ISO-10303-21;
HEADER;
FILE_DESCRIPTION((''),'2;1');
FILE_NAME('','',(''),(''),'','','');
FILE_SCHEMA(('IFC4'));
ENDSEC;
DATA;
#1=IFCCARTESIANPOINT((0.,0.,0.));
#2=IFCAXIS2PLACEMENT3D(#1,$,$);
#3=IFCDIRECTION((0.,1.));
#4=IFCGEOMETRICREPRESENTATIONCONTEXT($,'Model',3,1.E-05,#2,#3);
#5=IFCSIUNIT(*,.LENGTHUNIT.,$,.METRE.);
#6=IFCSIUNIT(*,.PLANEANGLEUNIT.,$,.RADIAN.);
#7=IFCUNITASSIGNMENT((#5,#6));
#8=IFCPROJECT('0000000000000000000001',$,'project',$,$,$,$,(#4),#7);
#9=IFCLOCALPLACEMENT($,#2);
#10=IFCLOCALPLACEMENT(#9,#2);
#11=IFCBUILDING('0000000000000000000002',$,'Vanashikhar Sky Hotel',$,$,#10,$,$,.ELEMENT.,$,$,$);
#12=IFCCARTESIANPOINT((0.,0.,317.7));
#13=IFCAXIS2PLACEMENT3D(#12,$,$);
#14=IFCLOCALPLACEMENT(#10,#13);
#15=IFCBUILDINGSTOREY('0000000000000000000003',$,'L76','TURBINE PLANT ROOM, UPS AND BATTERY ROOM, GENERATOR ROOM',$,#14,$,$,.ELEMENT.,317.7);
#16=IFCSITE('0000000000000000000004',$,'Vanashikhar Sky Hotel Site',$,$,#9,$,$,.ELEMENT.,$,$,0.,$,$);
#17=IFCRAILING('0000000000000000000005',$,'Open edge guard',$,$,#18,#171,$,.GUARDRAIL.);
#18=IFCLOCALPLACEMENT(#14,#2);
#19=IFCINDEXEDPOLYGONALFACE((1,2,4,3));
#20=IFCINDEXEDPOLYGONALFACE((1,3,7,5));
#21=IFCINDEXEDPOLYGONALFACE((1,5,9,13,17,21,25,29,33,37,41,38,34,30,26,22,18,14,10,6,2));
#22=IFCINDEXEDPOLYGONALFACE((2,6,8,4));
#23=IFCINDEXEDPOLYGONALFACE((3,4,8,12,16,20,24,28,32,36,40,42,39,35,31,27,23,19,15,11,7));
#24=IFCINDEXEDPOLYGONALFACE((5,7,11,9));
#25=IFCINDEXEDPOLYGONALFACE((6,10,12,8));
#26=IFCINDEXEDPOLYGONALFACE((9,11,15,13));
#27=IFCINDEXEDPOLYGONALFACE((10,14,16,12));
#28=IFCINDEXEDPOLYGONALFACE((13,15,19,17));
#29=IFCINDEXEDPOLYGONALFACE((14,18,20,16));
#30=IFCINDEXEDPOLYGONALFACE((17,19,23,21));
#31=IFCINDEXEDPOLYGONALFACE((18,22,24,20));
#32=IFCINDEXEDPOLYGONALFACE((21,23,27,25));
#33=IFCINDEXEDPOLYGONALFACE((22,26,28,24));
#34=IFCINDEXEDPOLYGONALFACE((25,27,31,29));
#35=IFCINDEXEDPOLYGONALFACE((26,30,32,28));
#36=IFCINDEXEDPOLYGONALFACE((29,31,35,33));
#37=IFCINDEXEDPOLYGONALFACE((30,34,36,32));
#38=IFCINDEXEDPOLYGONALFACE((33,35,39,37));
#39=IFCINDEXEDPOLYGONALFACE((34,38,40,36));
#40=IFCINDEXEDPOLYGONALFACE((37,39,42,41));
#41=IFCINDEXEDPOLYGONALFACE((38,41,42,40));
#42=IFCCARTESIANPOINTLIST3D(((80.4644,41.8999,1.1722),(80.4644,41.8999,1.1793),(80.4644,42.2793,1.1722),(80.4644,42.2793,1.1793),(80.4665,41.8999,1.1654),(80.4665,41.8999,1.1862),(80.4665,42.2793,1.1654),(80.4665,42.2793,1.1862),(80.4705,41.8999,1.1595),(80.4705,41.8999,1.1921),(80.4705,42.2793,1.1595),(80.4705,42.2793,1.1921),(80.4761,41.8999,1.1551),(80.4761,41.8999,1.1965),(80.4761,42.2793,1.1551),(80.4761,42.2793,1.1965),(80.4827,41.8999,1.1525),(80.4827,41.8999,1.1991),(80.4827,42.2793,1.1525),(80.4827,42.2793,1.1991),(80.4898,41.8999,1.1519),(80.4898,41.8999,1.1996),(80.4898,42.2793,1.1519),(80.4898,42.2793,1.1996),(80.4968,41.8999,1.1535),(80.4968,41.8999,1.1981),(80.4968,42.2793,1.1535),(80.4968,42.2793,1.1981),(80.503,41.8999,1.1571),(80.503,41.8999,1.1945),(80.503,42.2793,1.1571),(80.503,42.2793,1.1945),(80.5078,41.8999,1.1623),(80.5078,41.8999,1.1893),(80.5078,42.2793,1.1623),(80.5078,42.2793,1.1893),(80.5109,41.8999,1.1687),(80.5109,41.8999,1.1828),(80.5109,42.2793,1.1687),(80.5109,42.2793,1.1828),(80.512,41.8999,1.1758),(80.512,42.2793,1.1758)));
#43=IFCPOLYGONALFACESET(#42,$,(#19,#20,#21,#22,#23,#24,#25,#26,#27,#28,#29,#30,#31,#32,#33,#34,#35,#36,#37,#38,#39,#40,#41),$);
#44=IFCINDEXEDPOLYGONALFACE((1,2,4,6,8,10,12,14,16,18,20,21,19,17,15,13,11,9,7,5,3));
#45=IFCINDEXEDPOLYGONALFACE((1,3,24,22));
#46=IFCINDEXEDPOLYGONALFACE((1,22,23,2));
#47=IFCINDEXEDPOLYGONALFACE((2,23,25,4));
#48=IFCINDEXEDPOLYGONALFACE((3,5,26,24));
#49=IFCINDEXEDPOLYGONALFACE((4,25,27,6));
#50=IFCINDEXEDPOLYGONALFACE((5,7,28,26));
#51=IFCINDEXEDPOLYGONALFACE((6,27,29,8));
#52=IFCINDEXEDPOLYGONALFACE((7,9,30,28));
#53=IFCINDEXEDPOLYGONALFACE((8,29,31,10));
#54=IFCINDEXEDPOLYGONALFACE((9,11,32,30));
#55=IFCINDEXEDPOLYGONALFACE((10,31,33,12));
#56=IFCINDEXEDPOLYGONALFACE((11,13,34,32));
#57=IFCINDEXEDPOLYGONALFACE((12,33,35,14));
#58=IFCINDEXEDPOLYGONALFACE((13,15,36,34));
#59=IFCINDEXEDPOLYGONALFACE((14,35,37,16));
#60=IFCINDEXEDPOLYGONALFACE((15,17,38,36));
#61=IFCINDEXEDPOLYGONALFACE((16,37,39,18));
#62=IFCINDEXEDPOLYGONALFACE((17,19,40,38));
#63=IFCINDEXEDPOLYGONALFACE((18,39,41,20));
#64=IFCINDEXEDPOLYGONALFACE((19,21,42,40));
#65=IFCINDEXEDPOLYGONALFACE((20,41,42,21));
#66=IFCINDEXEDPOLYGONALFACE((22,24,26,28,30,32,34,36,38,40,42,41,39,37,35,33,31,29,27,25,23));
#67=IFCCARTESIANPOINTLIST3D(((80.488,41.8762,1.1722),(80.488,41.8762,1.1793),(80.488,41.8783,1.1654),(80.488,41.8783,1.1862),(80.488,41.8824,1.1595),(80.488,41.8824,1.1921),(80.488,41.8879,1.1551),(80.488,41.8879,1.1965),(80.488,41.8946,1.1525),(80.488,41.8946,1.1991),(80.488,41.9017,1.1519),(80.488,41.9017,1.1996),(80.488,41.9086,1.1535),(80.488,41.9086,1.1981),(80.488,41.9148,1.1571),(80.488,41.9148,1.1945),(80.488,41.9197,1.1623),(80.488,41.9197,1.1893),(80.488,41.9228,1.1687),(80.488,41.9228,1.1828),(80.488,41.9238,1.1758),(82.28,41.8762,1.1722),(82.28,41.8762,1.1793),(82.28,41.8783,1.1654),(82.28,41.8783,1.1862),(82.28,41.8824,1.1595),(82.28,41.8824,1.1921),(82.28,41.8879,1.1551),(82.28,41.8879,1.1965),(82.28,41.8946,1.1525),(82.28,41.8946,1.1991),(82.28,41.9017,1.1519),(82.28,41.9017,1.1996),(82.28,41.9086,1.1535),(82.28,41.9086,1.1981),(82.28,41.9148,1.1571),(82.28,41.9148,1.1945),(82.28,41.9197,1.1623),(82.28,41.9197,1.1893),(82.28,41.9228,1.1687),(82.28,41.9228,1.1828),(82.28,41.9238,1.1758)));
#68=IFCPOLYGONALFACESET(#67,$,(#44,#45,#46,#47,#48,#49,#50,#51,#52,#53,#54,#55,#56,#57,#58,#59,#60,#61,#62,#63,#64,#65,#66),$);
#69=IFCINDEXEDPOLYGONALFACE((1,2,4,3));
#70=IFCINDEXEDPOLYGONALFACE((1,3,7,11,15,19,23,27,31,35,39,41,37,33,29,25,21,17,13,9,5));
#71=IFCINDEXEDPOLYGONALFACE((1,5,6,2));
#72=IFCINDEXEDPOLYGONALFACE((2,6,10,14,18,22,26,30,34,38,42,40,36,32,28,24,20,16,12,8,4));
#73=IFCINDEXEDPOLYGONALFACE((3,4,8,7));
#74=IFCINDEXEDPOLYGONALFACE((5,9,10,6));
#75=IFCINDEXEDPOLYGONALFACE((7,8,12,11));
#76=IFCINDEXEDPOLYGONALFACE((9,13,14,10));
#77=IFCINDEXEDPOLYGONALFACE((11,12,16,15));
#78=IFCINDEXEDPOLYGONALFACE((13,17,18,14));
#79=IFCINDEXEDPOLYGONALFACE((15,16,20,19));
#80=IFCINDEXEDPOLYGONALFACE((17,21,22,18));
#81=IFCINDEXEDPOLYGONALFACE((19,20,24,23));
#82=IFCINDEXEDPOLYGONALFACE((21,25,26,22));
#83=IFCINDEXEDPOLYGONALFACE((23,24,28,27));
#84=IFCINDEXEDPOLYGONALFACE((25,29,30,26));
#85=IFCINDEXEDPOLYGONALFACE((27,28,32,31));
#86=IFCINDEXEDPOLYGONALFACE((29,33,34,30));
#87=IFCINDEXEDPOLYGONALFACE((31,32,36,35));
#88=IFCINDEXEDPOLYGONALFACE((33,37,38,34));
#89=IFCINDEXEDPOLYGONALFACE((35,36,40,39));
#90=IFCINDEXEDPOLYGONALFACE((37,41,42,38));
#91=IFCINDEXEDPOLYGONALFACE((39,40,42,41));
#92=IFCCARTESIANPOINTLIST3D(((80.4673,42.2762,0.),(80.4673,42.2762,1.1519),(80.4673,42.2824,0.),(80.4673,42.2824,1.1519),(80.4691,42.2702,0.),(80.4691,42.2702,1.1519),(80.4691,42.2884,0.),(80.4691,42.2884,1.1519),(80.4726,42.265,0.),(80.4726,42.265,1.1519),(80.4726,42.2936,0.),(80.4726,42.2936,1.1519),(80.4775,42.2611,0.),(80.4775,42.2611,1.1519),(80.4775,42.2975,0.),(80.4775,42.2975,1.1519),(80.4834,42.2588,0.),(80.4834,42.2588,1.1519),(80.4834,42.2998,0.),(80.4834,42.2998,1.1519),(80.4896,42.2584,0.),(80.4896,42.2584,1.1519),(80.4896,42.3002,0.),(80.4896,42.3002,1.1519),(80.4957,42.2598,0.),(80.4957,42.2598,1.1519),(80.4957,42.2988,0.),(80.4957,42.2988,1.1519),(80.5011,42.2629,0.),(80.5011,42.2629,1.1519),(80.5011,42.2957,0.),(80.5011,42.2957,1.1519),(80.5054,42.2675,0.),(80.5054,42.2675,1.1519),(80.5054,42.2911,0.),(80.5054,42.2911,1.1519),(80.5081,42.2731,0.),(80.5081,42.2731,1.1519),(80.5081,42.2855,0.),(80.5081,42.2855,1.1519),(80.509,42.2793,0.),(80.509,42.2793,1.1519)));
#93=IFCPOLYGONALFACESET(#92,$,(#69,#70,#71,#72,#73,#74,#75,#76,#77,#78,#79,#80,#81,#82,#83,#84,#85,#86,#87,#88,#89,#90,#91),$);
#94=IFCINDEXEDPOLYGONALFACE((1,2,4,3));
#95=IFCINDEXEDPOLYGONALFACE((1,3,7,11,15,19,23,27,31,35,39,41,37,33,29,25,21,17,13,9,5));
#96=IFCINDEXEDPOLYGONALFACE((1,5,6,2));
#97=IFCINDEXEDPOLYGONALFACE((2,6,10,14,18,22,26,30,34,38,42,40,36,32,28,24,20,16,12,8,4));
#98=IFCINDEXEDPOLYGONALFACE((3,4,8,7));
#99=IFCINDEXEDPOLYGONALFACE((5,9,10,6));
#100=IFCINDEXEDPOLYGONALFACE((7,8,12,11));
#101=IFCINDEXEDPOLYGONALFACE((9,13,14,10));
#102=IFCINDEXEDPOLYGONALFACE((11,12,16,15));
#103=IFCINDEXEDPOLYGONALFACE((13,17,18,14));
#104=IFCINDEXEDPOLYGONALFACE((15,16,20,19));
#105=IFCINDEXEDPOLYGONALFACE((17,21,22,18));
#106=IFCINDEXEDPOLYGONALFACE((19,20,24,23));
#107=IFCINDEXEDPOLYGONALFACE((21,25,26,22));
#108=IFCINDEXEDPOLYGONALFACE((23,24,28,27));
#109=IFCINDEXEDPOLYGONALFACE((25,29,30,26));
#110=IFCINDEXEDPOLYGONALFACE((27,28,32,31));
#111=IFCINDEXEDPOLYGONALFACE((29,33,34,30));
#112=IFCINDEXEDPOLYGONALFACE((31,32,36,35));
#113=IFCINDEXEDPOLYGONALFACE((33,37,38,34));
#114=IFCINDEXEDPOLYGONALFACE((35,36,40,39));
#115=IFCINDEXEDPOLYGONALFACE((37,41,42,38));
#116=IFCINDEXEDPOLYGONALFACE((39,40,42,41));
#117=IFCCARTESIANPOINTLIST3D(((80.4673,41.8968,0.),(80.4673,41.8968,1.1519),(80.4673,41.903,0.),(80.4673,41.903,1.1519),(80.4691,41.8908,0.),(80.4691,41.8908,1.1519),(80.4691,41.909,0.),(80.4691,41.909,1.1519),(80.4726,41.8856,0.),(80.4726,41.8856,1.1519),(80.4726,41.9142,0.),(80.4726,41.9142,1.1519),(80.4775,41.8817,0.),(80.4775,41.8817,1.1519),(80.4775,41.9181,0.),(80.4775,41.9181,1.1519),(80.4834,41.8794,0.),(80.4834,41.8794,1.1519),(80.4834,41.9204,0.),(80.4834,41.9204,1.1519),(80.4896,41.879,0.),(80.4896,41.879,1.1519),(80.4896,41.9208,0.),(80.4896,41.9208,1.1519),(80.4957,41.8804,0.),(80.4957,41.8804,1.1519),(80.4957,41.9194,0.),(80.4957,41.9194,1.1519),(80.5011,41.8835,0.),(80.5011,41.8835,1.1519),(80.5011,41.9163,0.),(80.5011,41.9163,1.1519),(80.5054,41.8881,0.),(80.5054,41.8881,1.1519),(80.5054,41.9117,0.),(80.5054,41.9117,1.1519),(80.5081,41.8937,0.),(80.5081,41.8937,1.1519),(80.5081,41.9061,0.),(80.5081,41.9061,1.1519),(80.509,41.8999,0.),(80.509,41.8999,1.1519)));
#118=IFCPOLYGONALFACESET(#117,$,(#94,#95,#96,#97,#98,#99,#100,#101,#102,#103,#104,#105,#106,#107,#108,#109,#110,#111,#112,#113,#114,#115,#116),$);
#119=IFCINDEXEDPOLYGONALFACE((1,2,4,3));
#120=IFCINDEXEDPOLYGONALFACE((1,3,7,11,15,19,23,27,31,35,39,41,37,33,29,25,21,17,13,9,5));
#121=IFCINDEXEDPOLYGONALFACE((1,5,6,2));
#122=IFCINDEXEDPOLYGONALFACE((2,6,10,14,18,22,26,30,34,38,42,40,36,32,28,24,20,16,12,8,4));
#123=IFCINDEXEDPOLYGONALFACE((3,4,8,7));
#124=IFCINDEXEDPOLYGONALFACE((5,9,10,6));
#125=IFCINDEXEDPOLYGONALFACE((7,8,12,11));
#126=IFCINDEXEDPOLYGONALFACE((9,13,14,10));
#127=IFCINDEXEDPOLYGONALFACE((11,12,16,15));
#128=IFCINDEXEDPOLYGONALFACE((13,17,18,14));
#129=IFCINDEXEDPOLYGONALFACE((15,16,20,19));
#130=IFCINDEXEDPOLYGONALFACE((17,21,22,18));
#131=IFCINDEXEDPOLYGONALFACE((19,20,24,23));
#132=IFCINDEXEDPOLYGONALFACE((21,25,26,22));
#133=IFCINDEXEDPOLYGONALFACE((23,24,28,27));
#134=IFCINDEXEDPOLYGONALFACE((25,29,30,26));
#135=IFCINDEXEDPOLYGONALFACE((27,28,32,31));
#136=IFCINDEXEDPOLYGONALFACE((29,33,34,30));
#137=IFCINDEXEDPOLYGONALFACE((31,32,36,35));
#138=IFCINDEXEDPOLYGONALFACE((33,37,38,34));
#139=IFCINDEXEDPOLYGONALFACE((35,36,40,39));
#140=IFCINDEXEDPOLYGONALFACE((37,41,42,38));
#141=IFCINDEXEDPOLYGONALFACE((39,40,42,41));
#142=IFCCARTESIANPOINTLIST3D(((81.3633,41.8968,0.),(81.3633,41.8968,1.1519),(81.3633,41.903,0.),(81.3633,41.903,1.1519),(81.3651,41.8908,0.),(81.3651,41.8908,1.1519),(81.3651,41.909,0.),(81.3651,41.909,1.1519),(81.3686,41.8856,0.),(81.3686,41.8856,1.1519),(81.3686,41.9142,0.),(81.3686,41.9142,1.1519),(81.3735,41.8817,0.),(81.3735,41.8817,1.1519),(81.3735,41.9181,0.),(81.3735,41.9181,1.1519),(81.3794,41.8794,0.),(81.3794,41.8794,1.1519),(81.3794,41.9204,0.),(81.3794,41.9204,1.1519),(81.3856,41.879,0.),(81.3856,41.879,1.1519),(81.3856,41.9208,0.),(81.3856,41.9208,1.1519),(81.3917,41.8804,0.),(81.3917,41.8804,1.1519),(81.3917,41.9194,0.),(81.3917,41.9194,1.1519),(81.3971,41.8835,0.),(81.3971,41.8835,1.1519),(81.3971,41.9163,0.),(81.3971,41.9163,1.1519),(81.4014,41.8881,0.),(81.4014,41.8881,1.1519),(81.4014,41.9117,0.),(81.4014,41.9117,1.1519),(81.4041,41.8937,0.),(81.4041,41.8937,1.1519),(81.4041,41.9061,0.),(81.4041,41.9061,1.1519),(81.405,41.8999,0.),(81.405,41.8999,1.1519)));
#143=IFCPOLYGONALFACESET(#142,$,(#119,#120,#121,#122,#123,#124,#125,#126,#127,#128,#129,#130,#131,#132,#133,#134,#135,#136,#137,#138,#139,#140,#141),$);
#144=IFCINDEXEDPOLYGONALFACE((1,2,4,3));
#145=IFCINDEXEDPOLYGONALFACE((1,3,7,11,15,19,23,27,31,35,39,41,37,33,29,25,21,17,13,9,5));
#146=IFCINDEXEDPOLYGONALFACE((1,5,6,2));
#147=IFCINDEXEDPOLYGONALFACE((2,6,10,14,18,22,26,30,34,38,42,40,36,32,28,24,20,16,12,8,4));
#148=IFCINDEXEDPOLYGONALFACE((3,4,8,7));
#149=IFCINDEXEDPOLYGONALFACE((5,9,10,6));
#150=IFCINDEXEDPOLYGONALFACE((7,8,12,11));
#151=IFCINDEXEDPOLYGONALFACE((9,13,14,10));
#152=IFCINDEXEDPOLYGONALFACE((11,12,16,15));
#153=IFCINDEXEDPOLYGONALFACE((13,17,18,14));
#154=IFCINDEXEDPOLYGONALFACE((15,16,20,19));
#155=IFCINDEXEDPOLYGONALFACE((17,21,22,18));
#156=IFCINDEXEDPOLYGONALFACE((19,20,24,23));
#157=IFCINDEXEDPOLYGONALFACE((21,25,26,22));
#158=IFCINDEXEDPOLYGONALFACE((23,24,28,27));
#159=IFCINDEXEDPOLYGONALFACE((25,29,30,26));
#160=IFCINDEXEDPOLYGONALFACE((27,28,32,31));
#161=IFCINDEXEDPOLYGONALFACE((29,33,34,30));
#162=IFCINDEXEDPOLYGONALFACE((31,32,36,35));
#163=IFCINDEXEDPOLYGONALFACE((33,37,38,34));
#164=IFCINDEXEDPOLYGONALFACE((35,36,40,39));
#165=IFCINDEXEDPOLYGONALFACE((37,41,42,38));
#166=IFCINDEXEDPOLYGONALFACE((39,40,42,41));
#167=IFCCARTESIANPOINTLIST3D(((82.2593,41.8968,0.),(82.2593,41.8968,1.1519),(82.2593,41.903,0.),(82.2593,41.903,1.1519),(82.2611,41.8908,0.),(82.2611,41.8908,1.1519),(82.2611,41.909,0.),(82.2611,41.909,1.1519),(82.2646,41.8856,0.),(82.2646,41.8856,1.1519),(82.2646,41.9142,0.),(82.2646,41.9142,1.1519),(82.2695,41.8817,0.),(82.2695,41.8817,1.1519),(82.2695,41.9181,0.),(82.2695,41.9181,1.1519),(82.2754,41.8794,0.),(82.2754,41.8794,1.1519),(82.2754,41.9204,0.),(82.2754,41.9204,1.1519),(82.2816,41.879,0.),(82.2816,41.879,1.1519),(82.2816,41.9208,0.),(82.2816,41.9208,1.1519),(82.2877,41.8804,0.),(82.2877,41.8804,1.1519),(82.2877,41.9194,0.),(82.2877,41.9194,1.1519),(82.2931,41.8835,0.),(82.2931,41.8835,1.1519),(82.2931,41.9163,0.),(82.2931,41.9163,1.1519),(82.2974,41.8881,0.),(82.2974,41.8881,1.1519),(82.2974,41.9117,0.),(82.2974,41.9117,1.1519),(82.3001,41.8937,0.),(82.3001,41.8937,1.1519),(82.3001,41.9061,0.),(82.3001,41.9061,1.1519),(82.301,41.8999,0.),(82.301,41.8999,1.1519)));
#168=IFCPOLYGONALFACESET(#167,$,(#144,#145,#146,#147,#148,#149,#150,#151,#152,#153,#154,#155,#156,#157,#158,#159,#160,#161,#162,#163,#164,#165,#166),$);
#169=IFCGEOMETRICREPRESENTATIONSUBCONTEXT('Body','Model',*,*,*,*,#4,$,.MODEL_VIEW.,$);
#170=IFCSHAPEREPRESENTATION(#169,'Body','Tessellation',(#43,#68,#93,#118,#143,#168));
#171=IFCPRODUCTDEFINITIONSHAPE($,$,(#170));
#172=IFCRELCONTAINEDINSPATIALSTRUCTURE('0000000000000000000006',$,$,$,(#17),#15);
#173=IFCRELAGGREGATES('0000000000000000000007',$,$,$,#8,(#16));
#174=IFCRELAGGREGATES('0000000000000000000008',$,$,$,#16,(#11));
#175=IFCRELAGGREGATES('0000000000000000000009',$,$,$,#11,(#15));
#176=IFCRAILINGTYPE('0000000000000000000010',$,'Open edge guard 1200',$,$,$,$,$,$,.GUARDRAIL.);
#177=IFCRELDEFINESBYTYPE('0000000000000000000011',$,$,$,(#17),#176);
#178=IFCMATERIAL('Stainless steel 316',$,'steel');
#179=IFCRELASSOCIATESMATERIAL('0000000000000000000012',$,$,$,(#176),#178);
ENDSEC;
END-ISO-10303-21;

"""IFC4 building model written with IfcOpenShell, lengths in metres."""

from ifc_helpers import new_model, si_unit, direction, frame, origin, origin_2d, place, context, subcontext, project, spatial, circle, extrude, source, transform, mapped, material, type_object, element, save


model = new_model("IFC4")

# Units and contexts
model_context = context("Model", 3, precision=1e-05, world=origin(), true_north=direction((0.0, 1.0)))
body_context = subcontext(model_context, "Body", "Model", "MODEL_VIEW")
ifc_project = project(units=[si_unit("LENGTHUNIT", "METRE"), si_unit("PLANEANGLEUNIT", "RADIAN")], contexts=[model_context])

# Site, building, storey
site_placement = place(None, origin())
site = spatial("IfcSite", under=ifc_project, at=site_placement, Name="Vanashikhar Sky Hotel Site", CompositionType="ELEMENT", RefElevation=0.0)
building_placement = place(site_placement, origin())
building = spatial("IfcBuilding", under=site, at=building_placement, Name="Vanashikhar Sky Hotel", CompositionType="ELEMENT")
storey_placement = place(building_placement, frame((0.0, 0.0, 317.7)))
storey = spatial("IfcBuildingStorey", under=building, at=storey_placement, Name="L76", Description="TURBINE PLANT ROOM, UPS AND BATTERY ROOM, GENERATOR ROOM", CompositionType="ELEMENT", Elevation=317.7)

# Shared definitions
ifc_material_1 = material(Name="Stainless steel 316", Category="steel")
railing_type = type_object("IfcRailingType", Name="Open edge guard 1200", PredefinedType="GUARDRAIL", material=ifc_material_1)

# Railing
shared_shape_1 = source(origin(), body_context, "Body", "SweptSolid", [
    extrude(circle(Radius=0.0239, at=origin_2d()), frame((0.0, 0.0, 1.1758), z_axis=(0.0, -1.0, 0.0), x_axis=(1.0, 0.0, 0.0)), (0.0, 0.0, 1.0), 0.3794),
    extrude(circle(Radius=0.0239, at=origin_2d()), frame((0.0, -0.3794, 1.1758), z_axis=(1.0, 0.0, 0.0), x_axis=(0.0, 1.0, 0.0)), (0.0, 0.0, 1.0), 1.792),
    extrude(circle(Radius=0.021, at=origin_2d()), origin(), (0.0, 0.0, 1.0), 1.1519),
    extrude(circle(Radius=0.021, at=origin_2d()), frame((0.0, -0.3794, 0.0)), (0.0, 0.0, 1.0), 1.1519),
    extrude(circle(Radius=0.021, at=origin_2d()), frame((0.896, -0.3794, 0.0)), (0.0, 0.0, 1.0), 1.1519),
    extrude(circle(Radius=0.021, at=origin_2d()), frame((1.792, -0.3794, 0.0)), (0.0, 0.0, 1.0), 1.1519),
])
railing_1_placement = place(storey_placement, frame((80.488, 42.2793, 0.0)))
element("IfcRailing", 1, at=railing_1_placement, inside=storey, type_object=railing_type, Name="Open edge guard", PredefinedType="GUARDRAIL", context=body_context, shape_type="MappedRepresentation", body=[
    mapped(shared_shape_1, transform((0.0, 0.0, 0.0), scale=1.0)),
])

save(model, "model.ifc")
